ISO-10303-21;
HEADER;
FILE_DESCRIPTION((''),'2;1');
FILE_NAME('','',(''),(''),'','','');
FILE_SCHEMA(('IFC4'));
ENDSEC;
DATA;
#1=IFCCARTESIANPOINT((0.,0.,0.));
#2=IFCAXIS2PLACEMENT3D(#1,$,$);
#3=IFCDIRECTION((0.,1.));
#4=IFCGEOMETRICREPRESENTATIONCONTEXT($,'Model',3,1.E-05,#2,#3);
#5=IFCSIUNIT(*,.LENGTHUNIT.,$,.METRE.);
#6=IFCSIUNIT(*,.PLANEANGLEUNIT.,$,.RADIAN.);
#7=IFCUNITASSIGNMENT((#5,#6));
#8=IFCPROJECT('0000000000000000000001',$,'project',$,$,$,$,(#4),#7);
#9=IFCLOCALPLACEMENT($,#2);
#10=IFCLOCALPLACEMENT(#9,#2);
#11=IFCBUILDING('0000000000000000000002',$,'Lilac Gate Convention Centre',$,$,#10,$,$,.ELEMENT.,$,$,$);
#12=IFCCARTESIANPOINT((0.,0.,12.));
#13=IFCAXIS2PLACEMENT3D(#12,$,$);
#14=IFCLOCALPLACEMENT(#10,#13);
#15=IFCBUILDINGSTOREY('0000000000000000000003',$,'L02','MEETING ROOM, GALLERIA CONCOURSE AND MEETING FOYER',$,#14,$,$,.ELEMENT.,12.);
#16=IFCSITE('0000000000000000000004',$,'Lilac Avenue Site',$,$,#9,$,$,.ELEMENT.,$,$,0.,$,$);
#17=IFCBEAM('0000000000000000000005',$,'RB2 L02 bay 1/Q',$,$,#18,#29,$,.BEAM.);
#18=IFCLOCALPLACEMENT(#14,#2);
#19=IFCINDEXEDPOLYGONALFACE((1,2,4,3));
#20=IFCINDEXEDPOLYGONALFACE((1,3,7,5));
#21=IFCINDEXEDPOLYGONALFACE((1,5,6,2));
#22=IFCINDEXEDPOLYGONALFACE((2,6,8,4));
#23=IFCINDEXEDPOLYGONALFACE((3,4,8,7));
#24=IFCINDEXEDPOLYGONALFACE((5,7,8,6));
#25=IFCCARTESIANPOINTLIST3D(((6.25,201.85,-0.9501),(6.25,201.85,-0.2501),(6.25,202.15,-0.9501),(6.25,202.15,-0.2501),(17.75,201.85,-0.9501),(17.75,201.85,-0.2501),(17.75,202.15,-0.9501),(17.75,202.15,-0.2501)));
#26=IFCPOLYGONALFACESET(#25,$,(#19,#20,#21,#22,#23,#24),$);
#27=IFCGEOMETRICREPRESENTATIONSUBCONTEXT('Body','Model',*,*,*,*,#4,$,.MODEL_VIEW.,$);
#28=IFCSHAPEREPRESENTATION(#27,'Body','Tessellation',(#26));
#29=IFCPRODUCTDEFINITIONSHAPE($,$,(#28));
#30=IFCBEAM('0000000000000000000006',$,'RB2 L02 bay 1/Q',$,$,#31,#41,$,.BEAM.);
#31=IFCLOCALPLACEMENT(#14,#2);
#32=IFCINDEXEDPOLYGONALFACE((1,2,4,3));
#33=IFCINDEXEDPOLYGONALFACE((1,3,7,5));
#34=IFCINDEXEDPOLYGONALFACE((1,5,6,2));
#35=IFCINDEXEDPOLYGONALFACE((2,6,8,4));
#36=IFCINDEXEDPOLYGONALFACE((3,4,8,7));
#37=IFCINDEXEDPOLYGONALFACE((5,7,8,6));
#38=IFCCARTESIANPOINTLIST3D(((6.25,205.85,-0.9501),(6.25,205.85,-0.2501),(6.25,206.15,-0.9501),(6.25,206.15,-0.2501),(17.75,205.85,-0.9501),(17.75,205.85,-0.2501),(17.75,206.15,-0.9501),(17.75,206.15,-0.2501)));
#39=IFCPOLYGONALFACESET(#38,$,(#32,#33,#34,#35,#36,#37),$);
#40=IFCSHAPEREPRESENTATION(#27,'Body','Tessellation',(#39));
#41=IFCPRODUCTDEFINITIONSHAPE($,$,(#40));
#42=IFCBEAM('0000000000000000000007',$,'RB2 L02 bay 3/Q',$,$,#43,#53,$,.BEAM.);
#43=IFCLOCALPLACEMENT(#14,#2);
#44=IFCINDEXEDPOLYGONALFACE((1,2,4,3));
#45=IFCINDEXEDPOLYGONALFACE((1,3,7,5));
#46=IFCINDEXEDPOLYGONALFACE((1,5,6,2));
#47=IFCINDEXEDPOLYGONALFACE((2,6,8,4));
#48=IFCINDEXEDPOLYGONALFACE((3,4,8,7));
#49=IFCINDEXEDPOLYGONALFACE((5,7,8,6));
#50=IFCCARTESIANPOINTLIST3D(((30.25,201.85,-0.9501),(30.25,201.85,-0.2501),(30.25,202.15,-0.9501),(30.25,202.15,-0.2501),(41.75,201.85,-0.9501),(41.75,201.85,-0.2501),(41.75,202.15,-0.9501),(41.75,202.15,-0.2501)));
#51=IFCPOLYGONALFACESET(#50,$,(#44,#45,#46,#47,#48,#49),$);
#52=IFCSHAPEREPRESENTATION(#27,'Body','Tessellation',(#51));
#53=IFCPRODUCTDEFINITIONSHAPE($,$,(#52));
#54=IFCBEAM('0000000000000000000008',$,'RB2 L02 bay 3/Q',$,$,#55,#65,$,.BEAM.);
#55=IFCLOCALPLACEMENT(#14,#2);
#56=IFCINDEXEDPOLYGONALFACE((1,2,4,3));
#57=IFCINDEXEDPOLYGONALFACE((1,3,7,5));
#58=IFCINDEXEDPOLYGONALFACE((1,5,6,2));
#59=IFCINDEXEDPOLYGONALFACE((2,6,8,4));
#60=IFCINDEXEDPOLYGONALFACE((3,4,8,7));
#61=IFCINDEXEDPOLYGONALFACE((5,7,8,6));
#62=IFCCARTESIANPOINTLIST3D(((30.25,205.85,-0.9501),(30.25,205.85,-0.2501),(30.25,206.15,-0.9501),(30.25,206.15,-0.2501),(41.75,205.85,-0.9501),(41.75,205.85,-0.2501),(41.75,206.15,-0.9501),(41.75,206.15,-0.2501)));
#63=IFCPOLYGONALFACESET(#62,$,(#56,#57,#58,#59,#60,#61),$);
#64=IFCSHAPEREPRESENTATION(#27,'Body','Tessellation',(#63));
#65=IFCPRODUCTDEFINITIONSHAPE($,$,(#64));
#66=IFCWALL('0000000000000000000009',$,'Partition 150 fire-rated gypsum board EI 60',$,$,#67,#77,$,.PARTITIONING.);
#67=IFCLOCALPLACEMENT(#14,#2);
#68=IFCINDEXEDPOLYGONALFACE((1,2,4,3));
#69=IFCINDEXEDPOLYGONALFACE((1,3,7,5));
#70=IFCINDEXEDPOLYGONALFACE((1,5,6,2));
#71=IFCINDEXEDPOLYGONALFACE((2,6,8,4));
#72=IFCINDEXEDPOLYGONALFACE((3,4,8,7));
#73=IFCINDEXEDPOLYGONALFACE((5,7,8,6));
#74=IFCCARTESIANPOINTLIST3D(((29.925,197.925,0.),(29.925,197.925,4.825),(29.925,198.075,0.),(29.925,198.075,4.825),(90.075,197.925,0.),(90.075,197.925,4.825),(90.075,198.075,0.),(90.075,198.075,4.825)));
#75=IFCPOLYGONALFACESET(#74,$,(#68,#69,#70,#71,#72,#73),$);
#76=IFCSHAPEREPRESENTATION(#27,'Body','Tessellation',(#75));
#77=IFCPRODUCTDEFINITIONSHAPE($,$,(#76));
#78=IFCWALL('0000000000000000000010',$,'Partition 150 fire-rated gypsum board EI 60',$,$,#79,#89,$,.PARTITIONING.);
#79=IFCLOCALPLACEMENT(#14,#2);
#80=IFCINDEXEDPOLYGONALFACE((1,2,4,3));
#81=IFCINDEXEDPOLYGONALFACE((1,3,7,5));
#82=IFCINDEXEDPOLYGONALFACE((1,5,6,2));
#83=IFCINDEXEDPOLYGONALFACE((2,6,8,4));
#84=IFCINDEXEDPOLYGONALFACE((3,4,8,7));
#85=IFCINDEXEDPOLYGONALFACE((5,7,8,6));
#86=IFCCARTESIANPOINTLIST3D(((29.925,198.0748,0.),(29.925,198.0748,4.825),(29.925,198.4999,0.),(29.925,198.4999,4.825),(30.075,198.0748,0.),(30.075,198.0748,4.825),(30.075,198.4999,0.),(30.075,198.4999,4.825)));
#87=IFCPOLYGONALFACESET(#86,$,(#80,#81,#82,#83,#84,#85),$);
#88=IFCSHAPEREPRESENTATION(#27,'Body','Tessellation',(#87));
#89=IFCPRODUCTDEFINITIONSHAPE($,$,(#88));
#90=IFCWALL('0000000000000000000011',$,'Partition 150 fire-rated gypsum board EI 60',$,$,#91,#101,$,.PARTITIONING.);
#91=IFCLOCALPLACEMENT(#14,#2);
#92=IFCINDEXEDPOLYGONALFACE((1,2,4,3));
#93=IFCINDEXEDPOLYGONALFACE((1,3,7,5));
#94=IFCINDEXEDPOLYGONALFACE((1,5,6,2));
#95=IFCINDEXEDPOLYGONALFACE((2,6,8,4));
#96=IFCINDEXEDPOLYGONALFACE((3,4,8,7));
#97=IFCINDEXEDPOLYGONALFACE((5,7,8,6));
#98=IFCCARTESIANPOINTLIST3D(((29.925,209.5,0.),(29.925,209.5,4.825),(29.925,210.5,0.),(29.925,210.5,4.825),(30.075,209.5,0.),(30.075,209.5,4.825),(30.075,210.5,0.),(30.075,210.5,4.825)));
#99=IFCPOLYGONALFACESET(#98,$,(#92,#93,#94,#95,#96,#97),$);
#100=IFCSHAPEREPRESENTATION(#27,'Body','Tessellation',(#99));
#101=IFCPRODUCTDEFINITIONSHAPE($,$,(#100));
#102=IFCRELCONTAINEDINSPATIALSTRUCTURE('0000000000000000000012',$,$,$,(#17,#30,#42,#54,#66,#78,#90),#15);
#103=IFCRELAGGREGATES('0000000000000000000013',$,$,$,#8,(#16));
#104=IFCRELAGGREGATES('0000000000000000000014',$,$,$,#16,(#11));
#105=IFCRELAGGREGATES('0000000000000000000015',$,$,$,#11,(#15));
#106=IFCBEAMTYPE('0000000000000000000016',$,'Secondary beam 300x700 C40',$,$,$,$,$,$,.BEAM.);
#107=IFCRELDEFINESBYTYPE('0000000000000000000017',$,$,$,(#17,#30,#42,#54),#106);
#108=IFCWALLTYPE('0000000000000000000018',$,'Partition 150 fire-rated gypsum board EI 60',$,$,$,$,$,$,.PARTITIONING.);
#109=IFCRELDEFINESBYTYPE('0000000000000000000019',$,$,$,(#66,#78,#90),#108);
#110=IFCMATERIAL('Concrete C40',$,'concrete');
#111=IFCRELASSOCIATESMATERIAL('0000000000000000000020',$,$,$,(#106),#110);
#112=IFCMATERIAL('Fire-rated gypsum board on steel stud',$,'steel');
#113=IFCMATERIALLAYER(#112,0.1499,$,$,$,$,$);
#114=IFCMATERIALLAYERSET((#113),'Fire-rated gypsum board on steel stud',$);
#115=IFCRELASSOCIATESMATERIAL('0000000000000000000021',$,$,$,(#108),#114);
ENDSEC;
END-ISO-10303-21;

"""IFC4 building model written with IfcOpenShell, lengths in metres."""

from ifc_helpers import new_model, si_unit, direction, frame, frame_2d, origin, origin_2d, place, context, subcontext, project, spatial, rectangle, extrude, material, layer, layer_set, material_profile, profile_set, type_object, element, save


model = new_model("IFC4")

# Units and contexts
model_context = context("Model", 3, precision=1e-05, world=origin(), true_north=direction((0.0, 1.0)))
body_context = subcontext(model_context, "Body", "Model", "MODEL_VIEW")
ifc_project = project(units=[si_unit("LENGTHUNIT", "METRE"), si_unit("PLANEANGLEUNIT", "RADIAN")], contexts=[model_context])

# Site, building, storey
site_placement = place(None, origin())
site = spatial("IfcSite", under=ifc_project, at=site_placement, Name="Lilac Avenue Site", CompositionType="ELEMENT", RefElevation=0.0)
building_placement = place(site_placement, origin())
building = spatial("IfcBuilding", under=site, at=building_placement, Name="Lilac Gate Convention Centre", CompositionType="ELEMENT")
storey_placement = place(building_placement, frame((0.0, 0.0, 12.0)))
storey = spatial("IfcBuildingStorey", under=building, at=storey_placement, Name="L02", Description="MEETING ROOM, GALLERIA CONCOURSE AND MEETING FOYER", CompositionType="ELEMENT", Elevation=12.0)

# Shared definitions
ifc_material_1 = material(Name="Concrete C40", Category="concrete")

# Beams
ifc_material_profile_1 = material_profile(ifc_material_1, rectangle(XDim=0.3, YDim=0.7, at=origin_2d()), Name="RC 300x700")
ifc_profile_set_1 = profile_set([ifc_material_profile_1], Name="Concrete C40")
beam_type_1 = type_object("IfcBeamType", Name="Secondary beam 300x700 C40", PredefinedType="BEAM", material=ifc_profile_set_1)
for number, where, z_axis, x_axis, name in (
    (1, (6.25, 202.0, -0.6001), (1.0, 0.0, 0.0), (0.0, 1.0, 0.0), "RB2 L02 bay 1/Q"),
    (2, (6.25, 206.0, -0.6001), (1.0, 0.0, 0.0), (0.0, 1.0, 0.0), "RB2 L02 bay 1/Q"),
    (3, (30.25, 202.0, -0.6001), (1.0, 0.0, 0.0), (0.0, 1.0, 0.0), "RB2 L02 bay 3/Q"),
    (4, (30.25, 206.0, -0.6001), (1.0, 0.0, 0.0), (0.0, 1.0, 0.0), "RB2 L02 bay 3/Q"),
):
    element("IfcBeam", number, at=place(storey_placement, frame(where, z_axis=z_axis, x_axis=x_axis)), inside=storey, type_object=beam_type_1, Name=name, PredefinedType="BEAM", context=body_context, shape_type="SweptSolid", body=[
        extrude(rectangle(XDim=0.3, YDim=0.7, at=origin_2d()), origin(), (0.0, 0.0, 1.0), 11.5),
    ])

# Walls
ifc_material_2 = material(Name="Fire-rated gypsum board on steel stud", Category="steel")
ifc_layer = layer(ifc_material_2, 0.1499)
ifc_layer_set = layer_set([ifc_layer], Name="Fire-rated gypsum board on steel stud")
wall_type = type_object("IfcWallType", Name="Partition 150 fire-rated gypsum board EI 60", PredefinedType="PARTITIONING", material=ifc_layer_set)
wall_1_placement = place(storey_placement, frame((29.925, 198.0, 0.0), z_axis=(0.0, 0.0, 1.0), x_axis=(1.0, 0.0, 0.0)))
element("IfcWall", 5, at=wall_1_placement, inside=storey, type_object=wall_type, Name="Partition 150 fire-rated gypsum board EI 60", PredefinedType="PARTITIONING", context=body_context, shape_type="SweptSolid", body=[
    extrude(rectangle(XDim=60.1499, YDim=0.1499, at=frame_2d((30.075, 0.0))), origin(), (0.0, 0.0, 1.0), 4.825),
])
wall_2_placement = place(storey_placement, frame((30.0, 198.075, 0.0), z_axis=(0.0, 0.0, 1.0), x_axis=(0.0, 1.0, 0.0)))
element("IfcWall", 6, at=wall_2_placement, inside=storey, type_object=wall_type, Name="Partition 150 fire-rated gypsum board EI 60", PredefinedType="PARTITIONING", context=body_context, shape_type="SweptSolid", body=[
    extrude(rectangle(XDim=0.425, YDim=0.1499, at=frame_2d((0.2124, 0.0))), origin(), (0.0, 0.0, 1.0), 4.825),
])
wall_3_placement = place(storey_placement, frame((30.0, 209.5, 0.0), z_axis=(0.0, 0.0, 1.0), x_axis=(0.0, 1.0, 0.0)))
element("IfcWall", 7, at=wall_3_placement, inside=storey, type_object=wall_type, Name="Partition 150 fire-rated gypsum board EI 60", PredefinedType="PARTITIONING", context=body_context, shape_type="SweptSolid", body=[
    extrude(rectangle(XDim=1.0, YDim=0.1499, at=frame_2d((0.5, 0.0))), origin(), (0.0, 0.0, 1.0), 4.825),
])

save(model, "model.ifc")
